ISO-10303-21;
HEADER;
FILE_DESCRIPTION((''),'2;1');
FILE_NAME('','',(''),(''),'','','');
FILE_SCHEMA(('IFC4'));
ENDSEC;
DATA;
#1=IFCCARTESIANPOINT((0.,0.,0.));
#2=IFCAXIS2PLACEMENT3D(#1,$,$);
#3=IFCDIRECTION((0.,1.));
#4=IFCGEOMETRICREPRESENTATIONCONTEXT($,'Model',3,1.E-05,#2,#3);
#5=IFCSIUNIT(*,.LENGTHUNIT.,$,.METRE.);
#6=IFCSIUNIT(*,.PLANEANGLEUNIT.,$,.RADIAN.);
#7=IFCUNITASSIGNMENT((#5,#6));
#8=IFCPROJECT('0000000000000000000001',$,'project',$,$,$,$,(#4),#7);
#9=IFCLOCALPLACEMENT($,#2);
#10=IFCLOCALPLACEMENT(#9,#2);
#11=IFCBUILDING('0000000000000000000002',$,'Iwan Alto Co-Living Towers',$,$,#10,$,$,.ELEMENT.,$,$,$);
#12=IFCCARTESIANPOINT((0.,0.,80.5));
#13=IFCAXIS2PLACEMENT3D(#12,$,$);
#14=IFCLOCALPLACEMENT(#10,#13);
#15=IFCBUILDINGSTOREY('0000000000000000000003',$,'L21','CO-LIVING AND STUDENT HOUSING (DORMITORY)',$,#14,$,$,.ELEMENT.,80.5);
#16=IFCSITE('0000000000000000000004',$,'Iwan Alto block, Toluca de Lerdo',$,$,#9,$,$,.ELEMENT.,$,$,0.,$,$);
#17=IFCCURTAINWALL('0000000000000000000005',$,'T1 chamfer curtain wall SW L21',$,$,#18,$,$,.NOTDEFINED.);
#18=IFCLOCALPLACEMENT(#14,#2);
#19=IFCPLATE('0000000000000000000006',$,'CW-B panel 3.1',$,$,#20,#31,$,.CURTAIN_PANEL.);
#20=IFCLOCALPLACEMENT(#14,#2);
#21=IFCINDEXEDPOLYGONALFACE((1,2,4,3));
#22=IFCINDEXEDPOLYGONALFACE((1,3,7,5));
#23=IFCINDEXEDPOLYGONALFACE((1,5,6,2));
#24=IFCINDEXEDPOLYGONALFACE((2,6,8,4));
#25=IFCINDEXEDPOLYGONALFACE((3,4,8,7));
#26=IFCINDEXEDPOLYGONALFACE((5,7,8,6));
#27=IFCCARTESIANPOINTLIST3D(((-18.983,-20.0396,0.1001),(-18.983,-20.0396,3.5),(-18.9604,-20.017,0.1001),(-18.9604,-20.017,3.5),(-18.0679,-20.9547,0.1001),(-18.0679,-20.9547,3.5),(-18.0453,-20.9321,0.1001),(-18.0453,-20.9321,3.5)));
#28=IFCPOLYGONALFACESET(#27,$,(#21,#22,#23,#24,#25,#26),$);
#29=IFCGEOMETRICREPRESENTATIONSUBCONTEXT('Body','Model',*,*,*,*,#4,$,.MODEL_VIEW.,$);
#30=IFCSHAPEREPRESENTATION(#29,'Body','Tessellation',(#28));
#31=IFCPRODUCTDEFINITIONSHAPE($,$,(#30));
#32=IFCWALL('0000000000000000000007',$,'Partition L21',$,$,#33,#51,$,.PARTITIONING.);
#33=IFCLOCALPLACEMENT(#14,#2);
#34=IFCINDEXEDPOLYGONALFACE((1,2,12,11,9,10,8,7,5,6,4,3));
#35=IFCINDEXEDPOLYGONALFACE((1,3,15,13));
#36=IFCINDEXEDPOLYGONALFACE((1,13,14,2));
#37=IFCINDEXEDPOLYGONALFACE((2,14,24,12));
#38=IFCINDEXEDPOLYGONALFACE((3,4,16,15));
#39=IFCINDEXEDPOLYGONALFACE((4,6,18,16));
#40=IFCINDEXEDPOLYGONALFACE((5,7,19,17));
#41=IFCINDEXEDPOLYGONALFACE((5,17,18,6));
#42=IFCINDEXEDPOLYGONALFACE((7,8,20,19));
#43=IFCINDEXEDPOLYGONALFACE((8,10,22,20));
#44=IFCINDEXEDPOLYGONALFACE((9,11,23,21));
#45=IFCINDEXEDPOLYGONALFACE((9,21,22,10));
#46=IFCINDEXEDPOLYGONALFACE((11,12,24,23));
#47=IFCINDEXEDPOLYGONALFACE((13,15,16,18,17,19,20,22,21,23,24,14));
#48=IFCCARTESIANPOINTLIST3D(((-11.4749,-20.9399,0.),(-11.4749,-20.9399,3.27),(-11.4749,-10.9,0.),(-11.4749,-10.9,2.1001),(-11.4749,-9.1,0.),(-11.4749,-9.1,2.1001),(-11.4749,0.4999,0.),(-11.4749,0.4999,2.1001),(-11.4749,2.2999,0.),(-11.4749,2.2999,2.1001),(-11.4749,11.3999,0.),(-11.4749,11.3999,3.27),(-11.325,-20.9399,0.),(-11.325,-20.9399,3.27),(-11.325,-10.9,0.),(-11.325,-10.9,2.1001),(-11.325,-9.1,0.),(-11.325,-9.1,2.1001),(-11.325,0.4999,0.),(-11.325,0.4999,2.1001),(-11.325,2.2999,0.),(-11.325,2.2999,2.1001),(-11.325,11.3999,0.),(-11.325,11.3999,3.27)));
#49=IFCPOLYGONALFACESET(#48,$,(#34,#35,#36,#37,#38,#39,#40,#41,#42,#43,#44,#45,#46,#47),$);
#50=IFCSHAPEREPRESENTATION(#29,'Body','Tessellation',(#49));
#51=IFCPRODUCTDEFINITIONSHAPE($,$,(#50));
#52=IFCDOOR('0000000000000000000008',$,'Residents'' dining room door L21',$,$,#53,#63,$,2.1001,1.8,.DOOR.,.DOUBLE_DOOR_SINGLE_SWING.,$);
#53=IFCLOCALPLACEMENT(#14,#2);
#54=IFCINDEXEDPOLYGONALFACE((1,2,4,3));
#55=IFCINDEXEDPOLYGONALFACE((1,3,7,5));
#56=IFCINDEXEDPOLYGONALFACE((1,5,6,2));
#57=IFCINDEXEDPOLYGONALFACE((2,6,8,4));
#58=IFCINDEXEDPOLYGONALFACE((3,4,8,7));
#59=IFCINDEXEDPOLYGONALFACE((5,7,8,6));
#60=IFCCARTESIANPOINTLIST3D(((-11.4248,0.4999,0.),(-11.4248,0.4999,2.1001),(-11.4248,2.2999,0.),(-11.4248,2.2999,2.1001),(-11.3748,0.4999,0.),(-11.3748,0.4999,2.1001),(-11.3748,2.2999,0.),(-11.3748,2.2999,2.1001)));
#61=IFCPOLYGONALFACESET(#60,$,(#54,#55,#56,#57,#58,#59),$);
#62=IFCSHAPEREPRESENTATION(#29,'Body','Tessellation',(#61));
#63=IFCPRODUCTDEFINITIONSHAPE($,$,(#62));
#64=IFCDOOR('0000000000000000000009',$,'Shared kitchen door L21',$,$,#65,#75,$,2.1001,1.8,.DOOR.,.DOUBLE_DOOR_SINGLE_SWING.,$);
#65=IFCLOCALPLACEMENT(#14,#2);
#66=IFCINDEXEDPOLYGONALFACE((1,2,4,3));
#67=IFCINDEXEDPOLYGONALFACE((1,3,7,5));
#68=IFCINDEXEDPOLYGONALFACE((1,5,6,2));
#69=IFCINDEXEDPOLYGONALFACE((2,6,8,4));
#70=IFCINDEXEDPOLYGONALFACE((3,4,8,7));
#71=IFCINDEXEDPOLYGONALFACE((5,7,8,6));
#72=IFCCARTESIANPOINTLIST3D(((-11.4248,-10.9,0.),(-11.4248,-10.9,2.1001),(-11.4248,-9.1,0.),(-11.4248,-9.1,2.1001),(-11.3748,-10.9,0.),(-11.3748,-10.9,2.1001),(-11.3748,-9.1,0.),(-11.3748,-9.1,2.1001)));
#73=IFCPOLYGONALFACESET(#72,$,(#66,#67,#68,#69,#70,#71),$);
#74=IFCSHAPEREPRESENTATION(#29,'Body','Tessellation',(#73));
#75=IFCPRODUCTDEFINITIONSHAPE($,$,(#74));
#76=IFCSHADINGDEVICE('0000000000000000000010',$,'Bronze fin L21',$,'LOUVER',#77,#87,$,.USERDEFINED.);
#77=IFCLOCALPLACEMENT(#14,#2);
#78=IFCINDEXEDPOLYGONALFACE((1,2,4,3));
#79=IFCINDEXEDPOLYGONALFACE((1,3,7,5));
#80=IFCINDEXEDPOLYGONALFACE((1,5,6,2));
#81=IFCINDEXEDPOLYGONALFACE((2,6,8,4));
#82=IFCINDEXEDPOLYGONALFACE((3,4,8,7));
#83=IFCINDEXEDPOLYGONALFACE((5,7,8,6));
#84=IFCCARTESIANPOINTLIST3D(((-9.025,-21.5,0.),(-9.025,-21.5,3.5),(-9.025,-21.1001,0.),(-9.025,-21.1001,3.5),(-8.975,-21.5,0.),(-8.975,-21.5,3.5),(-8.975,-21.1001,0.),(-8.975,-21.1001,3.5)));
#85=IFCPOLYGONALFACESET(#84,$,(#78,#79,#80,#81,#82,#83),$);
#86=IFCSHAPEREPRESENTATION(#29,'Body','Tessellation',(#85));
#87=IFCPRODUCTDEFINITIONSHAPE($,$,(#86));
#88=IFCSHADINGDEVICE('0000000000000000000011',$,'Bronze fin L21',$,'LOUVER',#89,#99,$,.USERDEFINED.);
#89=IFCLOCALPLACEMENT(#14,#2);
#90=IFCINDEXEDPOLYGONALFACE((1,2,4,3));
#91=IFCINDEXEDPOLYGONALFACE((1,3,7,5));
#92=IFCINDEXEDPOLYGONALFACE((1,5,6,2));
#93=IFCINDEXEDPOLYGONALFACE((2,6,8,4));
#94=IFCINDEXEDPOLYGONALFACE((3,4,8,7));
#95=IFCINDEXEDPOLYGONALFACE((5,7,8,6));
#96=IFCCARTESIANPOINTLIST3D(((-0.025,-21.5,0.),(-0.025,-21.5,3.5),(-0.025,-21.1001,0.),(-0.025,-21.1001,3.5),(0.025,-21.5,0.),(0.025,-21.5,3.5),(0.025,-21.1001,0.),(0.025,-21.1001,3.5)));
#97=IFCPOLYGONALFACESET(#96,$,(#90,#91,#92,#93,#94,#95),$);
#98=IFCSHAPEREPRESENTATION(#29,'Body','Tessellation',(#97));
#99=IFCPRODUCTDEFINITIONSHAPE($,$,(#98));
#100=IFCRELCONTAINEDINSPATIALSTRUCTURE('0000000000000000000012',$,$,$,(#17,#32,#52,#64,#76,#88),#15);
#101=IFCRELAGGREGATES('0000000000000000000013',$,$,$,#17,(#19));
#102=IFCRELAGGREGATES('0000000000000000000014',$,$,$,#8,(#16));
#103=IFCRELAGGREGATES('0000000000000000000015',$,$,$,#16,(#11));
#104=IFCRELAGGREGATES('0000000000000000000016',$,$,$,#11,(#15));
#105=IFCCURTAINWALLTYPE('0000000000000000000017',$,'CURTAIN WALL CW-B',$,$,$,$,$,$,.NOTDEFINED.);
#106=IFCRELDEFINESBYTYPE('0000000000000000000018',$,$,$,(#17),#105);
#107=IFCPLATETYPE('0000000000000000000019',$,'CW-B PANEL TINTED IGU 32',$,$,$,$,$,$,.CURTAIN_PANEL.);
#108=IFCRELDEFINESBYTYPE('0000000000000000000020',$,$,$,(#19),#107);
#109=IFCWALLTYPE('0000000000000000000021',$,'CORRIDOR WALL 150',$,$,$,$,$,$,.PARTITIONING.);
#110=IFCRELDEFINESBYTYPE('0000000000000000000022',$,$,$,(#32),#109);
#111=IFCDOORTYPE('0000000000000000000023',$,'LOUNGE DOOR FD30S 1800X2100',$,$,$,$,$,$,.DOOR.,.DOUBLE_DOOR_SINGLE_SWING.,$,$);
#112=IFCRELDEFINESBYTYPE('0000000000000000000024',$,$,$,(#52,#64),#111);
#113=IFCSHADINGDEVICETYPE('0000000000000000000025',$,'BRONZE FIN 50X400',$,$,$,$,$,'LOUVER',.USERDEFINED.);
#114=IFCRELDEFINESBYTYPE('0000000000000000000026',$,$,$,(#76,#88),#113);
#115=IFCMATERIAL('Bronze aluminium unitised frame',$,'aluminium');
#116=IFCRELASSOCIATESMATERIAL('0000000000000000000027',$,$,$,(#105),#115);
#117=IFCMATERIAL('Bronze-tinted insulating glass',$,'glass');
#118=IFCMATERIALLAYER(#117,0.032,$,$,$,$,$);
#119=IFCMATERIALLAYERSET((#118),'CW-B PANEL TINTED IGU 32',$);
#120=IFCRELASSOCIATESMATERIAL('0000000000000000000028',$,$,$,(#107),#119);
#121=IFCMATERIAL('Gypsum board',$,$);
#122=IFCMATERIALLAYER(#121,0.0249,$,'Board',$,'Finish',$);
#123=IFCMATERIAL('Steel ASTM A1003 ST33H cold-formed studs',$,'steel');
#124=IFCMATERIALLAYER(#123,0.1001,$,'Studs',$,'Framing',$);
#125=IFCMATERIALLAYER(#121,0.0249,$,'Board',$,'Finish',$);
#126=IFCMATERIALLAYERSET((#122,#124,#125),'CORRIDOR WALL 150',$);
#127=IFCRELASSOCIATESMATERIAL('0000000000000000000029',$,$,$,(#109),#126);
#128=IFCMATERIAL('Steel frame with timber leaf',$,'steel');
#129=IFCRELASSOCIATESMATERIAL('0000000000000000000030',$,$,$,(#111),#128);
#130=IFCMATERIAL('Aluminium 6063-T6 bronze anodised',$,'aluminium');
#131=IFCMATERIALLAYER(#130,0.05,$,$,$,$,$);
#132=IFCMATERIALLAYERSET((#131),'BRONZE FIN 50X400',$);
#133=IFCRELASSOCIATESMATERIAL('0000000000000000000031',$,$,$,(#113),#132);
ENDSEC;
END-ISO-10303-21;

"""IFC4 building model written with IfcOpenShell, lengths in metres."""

from ifc_helpers import new_model, si_unit, direction, frame, frame_2d, origin, origin_2d, place, context, subcontext, project, spatial, rectangle, extrude, material, layer, layer_set, type_object, element, fill, aggregate, save


model = new_model("IFC4")

# Units and contexts
model_context = context("Model", 3, precision=1e-05, world=origin(), true_north=direction((0.0, 1.0)))
body_context = subcontext(model_context, "Body", "Model", "MODEL_VIEW")
ifc_project = project(units=[si_unit("LENGTHUNIT", "METRE"), si_unit("PLANEANGLEUNIT", "RADIAN")], contexts=[model_context])

# Site, building, storey
site_placement = place(None, origin())
site = spatial("IfcSite", under=ifc_project, at=site_placement, Name="Iwan Alto block, Toluca de Lerdo", CompositionType="ELEMENT", RefElevation=0.0)
building_placement = place(site_placement, origin())
building = spatial("IfcBuilding", under=site, at=building_placement, Name="Iwan Alto Co-Living Towers", CompositionType="ELEMENT")
storey_placement = place(building_placement, frame((0.0, 0.0, 80.5)))
storey = spatial("IfcBuildingStorey", under=building, at=storey_placement, Name="L21", Description="CO-LIVING AND STUDENT HOUSING (DORMITORY)", CompositionType="ELEMENT", Elevation=80.5)

# Curtain wall
ifc_material_1 = material(Name="Bronze aluminium unitised frame", Category="aluminium")
curtain_wall_type_1 = type_object("IfcCurtainWallType", Name="CURTAIN WALL CW-B", PredefinedType="NOTDEFINED", material=ifc_material_1)
curtain_wall_1_placement = place(storey_placement, origin())
curtain_wall_1 = element("IfcCurtainWall", 1, at=curtain_wall_1_placement, inside=storey, type_object=curtain_wall_type_1, Name="T1 chamfer curtain wall SW L21", PredefinedType="NOTDEFINED")

# Plate
ifc_material_2 = material(Name="Bronze-tinted insulating glass", Category="glass")
ifc_layer_1 = layer(ifc_material_2, 0.032)
ifc_layer_set_1 = layer_set([ifc_layer_1], Name="CW-B PANEL TINTED IGU 32")
plate_type_1 = type_object("IfcPlateType", Name="CW-B PANEL TINTED IGU 32", PredefinedType="CURTAIN_PANEL", material=ifc_layer_set_1)
plate_1_placement = place(storey_placement, frame((-18.5142, -20.4858, 0.1001), z_axis=(0.0, 0.0, 1.0), x_axis=(0.707107, -0.707107, 0.0)))
plate_1 = element("IfcPlate", 2, at=plate_1_placement, type_object=plate_type_1, Name="CW-B panel 3.1", PredefinedType="CURTAIN_PANEL", context=body_context, shape_type="SweptSolid", body=[
    extrude(rectangle(XDim=1.2942, YDim=0.032, at=origin_2d()), origin(), (0.0, 0.0, 1.0), 3.3999),
])
aggregate(curtain_wall_1, [plate_1])

# Wall, openings, doors
ifc_material_3 = material(Name="Gypsum board")
ifc_layer_2 = layer(ifc_material_3, 0.0249, Name="Board", Category="Finish")
ifc_material_4 = material(Name="Steel ASTM A1003 ST33H cold-formed studs", Category="steel")
ifc_layer_3 = layer(ifc_material_4, 0.1001, Name="Studs", Category="Framing")
ifc_layer_4 = layer(ifc_material_3, 0.0249, Name="Board", Category="Finish")
ifc_layer_set_2 = layer_set([ifc_layer_2, ifc_layer_3, ifc_layer_4], Name="CORRIDOR WALL 150")
wall_type = type_object("IfcWallType", Name="CORRIDOR WALL 150", PredefinedType="PARTITIONING", material=ifc_layer_set_2)
wall_placement = place(storey_placement, frame((-11.3999, -20.9399, 0.0), z_axis=(0.0, 0.0, 1.0), x_axis=(0.0, 1.0, 0.0)))
wall = element("IfcWall", 3, at=wall_placement, inside=storey, type_object=wall_type, Name="Partition L21", PredefinedType="PARTITIONING", context=body_context, shape_type="SweptSolid", body=[
    extrude(rectangle(XDim=32.3398, YDim=0.1499, at=frame_2d((16.1699, 0.0))), origin(), (0.0, 0.0, 1.0), 3.27),
])
opening_1_placement = place(wall_placement, frame((21.4399, 0.0, 0.0)))
opening_1 = element("IfcOpeningElement", 4, at=opening_1_placement, cuts=wall, PredefinedType="OPENING", context=body_context, shape_type="SweptSolid", body=[
    extrude(rectangle(XDim=1.8, YDim=2.1001, at=frame_2d((0.8999, 1.05))), frame((0.0, 0.085, 0.0), z_axis=(0.0, -1.0, 0.0), x_axis=(1.0, 0.0, 0.0)), (0.0, 0.0, 1.0), 0.1699),
])
opening_2_placement = place(wall_placement, frame((10.04, 0.0, 0.0)))
opening_2 = element("IfcOpeningElement", 5, at=opening_2_placement, cuts=wall, PredefinedType="OPENING", context=body_context, shape_type="SweptSolid", body=[
    extrude(rectangle(XDim=1.8, YDim=2.1001, at=frame_2d((0.8999, 1.05))), frame((0.0, 0.085, 0.0), z_axis=(0.0, -1.0, 0.0), x_axis=(1.0, 0.0, 0.0)), (0.0, 0.0, 1.0), 0.1699),
])
ifc_material_5 = material(Name="Steel frame with timber leaf", Category="steel")
door_type = type_object("IfcDoorType", Name="LOUNGE DOOR FD30S 1800X2100", OperationType="DOUBLE_DOOR_SINGLE_SWING", PredefinedType="DOOR", material=ifc_material_5)
door_1_placement = place(opening_1_placement, origin())
door_1 = element("IfcDoor", 6, at=door_1_placement, inside=storey, type_object=door_type, Name="Residents' dining room door L21", OperationType="DOUBLE_DOOR_SINGLE_SWING", OverallHeight=2.1001, OverallWidth=1.8, PredefinedType="DOOR", context=body_context, shape_type="SweptSolid", body=[
    extrude(rectangle(XDim=1.8, YDim=2.1001, at=frame_2d((0.8999, 1.05))), frame((0.0, 0.0249, 0.0), z_axis=(0.0, -1.0, 0.0), x_axis=(1.0, 0.0, 0.0)), (0.0, 0.0, 1.0), 0.05),
])
fill(opening_1, door_1)
door_2_placement = place(opening_2_placement, origin())
door_2 = element("IfcDoor", 7, at=door_2_placement, inside=storey, type_object=door_type, Name="Shared kitchen door L21", OperationType="DOUBLE_DOOR_SINGLE_SWING", OverallHeight=2.1001, OverallWidth=1.8, PredefinedType="DOOR", context=body_context, shape_type="SweptSolid", body=[
    extrude(rectangle(XDim=1.8, YDim=2.1001, at=frame_2d((0.8999, 1.05))), frame((0.0, 0.0249, 0.0), z_axis=(0.0, -1.0, 0.0), x_axis=(1.0, 0.0, 0.0)), (0.0, 0.0, 1.0), 0.05),
])
fill(opening_2, door_2)

# Shading devices
ifc_material_6 = material(Name="Aluminium 6063-T6 bronze anodised", Category="aluminium")
ifc_layer_5 = layer(ifc_material_6, 0.05)
ifc_layer_set_3 = layer_set([ifc_layer_5], Name="BRONZE FIN 50X400")
shading_device_type = type_object("IfcShadingDeviceType", Name="BRONZE FIN 50X400", ElementType="LOUVER", PredefinedType="USERDEFINED", material=ifc_layer_set_3)
for number, where, z_axis, x_axis, name in (
    (8, (-9.0, -21.3, 0.0), (0.0, 0.0, 1.0), (1.0, 0.0, 0.0), "Bronze fin L21"),
    (9, (0.0, -21.3, 0.0), (0.0, 0.0, 1.0), (1.0, 0.0, 0.0), "Bronze fin L21"),
):
    element("IfcShadingDevice", number, at=place(storey_placement, frame(where, z_axis=z_axis, x_axis=x_axis)), inside=storey, type_object=shading_device_type, Name=name, ObjectType="LOUVER", PredefinedType="USERDEFINED", context=body_context, shape_type="SweptSolid", body=[
        extrude(rectangle(XDim=0.05, YDim=0.3999, at=origin_2d()), origin(), (0.0, 0.0, 1.0), 3.5),
    ])

save(model, "model.ifc")
